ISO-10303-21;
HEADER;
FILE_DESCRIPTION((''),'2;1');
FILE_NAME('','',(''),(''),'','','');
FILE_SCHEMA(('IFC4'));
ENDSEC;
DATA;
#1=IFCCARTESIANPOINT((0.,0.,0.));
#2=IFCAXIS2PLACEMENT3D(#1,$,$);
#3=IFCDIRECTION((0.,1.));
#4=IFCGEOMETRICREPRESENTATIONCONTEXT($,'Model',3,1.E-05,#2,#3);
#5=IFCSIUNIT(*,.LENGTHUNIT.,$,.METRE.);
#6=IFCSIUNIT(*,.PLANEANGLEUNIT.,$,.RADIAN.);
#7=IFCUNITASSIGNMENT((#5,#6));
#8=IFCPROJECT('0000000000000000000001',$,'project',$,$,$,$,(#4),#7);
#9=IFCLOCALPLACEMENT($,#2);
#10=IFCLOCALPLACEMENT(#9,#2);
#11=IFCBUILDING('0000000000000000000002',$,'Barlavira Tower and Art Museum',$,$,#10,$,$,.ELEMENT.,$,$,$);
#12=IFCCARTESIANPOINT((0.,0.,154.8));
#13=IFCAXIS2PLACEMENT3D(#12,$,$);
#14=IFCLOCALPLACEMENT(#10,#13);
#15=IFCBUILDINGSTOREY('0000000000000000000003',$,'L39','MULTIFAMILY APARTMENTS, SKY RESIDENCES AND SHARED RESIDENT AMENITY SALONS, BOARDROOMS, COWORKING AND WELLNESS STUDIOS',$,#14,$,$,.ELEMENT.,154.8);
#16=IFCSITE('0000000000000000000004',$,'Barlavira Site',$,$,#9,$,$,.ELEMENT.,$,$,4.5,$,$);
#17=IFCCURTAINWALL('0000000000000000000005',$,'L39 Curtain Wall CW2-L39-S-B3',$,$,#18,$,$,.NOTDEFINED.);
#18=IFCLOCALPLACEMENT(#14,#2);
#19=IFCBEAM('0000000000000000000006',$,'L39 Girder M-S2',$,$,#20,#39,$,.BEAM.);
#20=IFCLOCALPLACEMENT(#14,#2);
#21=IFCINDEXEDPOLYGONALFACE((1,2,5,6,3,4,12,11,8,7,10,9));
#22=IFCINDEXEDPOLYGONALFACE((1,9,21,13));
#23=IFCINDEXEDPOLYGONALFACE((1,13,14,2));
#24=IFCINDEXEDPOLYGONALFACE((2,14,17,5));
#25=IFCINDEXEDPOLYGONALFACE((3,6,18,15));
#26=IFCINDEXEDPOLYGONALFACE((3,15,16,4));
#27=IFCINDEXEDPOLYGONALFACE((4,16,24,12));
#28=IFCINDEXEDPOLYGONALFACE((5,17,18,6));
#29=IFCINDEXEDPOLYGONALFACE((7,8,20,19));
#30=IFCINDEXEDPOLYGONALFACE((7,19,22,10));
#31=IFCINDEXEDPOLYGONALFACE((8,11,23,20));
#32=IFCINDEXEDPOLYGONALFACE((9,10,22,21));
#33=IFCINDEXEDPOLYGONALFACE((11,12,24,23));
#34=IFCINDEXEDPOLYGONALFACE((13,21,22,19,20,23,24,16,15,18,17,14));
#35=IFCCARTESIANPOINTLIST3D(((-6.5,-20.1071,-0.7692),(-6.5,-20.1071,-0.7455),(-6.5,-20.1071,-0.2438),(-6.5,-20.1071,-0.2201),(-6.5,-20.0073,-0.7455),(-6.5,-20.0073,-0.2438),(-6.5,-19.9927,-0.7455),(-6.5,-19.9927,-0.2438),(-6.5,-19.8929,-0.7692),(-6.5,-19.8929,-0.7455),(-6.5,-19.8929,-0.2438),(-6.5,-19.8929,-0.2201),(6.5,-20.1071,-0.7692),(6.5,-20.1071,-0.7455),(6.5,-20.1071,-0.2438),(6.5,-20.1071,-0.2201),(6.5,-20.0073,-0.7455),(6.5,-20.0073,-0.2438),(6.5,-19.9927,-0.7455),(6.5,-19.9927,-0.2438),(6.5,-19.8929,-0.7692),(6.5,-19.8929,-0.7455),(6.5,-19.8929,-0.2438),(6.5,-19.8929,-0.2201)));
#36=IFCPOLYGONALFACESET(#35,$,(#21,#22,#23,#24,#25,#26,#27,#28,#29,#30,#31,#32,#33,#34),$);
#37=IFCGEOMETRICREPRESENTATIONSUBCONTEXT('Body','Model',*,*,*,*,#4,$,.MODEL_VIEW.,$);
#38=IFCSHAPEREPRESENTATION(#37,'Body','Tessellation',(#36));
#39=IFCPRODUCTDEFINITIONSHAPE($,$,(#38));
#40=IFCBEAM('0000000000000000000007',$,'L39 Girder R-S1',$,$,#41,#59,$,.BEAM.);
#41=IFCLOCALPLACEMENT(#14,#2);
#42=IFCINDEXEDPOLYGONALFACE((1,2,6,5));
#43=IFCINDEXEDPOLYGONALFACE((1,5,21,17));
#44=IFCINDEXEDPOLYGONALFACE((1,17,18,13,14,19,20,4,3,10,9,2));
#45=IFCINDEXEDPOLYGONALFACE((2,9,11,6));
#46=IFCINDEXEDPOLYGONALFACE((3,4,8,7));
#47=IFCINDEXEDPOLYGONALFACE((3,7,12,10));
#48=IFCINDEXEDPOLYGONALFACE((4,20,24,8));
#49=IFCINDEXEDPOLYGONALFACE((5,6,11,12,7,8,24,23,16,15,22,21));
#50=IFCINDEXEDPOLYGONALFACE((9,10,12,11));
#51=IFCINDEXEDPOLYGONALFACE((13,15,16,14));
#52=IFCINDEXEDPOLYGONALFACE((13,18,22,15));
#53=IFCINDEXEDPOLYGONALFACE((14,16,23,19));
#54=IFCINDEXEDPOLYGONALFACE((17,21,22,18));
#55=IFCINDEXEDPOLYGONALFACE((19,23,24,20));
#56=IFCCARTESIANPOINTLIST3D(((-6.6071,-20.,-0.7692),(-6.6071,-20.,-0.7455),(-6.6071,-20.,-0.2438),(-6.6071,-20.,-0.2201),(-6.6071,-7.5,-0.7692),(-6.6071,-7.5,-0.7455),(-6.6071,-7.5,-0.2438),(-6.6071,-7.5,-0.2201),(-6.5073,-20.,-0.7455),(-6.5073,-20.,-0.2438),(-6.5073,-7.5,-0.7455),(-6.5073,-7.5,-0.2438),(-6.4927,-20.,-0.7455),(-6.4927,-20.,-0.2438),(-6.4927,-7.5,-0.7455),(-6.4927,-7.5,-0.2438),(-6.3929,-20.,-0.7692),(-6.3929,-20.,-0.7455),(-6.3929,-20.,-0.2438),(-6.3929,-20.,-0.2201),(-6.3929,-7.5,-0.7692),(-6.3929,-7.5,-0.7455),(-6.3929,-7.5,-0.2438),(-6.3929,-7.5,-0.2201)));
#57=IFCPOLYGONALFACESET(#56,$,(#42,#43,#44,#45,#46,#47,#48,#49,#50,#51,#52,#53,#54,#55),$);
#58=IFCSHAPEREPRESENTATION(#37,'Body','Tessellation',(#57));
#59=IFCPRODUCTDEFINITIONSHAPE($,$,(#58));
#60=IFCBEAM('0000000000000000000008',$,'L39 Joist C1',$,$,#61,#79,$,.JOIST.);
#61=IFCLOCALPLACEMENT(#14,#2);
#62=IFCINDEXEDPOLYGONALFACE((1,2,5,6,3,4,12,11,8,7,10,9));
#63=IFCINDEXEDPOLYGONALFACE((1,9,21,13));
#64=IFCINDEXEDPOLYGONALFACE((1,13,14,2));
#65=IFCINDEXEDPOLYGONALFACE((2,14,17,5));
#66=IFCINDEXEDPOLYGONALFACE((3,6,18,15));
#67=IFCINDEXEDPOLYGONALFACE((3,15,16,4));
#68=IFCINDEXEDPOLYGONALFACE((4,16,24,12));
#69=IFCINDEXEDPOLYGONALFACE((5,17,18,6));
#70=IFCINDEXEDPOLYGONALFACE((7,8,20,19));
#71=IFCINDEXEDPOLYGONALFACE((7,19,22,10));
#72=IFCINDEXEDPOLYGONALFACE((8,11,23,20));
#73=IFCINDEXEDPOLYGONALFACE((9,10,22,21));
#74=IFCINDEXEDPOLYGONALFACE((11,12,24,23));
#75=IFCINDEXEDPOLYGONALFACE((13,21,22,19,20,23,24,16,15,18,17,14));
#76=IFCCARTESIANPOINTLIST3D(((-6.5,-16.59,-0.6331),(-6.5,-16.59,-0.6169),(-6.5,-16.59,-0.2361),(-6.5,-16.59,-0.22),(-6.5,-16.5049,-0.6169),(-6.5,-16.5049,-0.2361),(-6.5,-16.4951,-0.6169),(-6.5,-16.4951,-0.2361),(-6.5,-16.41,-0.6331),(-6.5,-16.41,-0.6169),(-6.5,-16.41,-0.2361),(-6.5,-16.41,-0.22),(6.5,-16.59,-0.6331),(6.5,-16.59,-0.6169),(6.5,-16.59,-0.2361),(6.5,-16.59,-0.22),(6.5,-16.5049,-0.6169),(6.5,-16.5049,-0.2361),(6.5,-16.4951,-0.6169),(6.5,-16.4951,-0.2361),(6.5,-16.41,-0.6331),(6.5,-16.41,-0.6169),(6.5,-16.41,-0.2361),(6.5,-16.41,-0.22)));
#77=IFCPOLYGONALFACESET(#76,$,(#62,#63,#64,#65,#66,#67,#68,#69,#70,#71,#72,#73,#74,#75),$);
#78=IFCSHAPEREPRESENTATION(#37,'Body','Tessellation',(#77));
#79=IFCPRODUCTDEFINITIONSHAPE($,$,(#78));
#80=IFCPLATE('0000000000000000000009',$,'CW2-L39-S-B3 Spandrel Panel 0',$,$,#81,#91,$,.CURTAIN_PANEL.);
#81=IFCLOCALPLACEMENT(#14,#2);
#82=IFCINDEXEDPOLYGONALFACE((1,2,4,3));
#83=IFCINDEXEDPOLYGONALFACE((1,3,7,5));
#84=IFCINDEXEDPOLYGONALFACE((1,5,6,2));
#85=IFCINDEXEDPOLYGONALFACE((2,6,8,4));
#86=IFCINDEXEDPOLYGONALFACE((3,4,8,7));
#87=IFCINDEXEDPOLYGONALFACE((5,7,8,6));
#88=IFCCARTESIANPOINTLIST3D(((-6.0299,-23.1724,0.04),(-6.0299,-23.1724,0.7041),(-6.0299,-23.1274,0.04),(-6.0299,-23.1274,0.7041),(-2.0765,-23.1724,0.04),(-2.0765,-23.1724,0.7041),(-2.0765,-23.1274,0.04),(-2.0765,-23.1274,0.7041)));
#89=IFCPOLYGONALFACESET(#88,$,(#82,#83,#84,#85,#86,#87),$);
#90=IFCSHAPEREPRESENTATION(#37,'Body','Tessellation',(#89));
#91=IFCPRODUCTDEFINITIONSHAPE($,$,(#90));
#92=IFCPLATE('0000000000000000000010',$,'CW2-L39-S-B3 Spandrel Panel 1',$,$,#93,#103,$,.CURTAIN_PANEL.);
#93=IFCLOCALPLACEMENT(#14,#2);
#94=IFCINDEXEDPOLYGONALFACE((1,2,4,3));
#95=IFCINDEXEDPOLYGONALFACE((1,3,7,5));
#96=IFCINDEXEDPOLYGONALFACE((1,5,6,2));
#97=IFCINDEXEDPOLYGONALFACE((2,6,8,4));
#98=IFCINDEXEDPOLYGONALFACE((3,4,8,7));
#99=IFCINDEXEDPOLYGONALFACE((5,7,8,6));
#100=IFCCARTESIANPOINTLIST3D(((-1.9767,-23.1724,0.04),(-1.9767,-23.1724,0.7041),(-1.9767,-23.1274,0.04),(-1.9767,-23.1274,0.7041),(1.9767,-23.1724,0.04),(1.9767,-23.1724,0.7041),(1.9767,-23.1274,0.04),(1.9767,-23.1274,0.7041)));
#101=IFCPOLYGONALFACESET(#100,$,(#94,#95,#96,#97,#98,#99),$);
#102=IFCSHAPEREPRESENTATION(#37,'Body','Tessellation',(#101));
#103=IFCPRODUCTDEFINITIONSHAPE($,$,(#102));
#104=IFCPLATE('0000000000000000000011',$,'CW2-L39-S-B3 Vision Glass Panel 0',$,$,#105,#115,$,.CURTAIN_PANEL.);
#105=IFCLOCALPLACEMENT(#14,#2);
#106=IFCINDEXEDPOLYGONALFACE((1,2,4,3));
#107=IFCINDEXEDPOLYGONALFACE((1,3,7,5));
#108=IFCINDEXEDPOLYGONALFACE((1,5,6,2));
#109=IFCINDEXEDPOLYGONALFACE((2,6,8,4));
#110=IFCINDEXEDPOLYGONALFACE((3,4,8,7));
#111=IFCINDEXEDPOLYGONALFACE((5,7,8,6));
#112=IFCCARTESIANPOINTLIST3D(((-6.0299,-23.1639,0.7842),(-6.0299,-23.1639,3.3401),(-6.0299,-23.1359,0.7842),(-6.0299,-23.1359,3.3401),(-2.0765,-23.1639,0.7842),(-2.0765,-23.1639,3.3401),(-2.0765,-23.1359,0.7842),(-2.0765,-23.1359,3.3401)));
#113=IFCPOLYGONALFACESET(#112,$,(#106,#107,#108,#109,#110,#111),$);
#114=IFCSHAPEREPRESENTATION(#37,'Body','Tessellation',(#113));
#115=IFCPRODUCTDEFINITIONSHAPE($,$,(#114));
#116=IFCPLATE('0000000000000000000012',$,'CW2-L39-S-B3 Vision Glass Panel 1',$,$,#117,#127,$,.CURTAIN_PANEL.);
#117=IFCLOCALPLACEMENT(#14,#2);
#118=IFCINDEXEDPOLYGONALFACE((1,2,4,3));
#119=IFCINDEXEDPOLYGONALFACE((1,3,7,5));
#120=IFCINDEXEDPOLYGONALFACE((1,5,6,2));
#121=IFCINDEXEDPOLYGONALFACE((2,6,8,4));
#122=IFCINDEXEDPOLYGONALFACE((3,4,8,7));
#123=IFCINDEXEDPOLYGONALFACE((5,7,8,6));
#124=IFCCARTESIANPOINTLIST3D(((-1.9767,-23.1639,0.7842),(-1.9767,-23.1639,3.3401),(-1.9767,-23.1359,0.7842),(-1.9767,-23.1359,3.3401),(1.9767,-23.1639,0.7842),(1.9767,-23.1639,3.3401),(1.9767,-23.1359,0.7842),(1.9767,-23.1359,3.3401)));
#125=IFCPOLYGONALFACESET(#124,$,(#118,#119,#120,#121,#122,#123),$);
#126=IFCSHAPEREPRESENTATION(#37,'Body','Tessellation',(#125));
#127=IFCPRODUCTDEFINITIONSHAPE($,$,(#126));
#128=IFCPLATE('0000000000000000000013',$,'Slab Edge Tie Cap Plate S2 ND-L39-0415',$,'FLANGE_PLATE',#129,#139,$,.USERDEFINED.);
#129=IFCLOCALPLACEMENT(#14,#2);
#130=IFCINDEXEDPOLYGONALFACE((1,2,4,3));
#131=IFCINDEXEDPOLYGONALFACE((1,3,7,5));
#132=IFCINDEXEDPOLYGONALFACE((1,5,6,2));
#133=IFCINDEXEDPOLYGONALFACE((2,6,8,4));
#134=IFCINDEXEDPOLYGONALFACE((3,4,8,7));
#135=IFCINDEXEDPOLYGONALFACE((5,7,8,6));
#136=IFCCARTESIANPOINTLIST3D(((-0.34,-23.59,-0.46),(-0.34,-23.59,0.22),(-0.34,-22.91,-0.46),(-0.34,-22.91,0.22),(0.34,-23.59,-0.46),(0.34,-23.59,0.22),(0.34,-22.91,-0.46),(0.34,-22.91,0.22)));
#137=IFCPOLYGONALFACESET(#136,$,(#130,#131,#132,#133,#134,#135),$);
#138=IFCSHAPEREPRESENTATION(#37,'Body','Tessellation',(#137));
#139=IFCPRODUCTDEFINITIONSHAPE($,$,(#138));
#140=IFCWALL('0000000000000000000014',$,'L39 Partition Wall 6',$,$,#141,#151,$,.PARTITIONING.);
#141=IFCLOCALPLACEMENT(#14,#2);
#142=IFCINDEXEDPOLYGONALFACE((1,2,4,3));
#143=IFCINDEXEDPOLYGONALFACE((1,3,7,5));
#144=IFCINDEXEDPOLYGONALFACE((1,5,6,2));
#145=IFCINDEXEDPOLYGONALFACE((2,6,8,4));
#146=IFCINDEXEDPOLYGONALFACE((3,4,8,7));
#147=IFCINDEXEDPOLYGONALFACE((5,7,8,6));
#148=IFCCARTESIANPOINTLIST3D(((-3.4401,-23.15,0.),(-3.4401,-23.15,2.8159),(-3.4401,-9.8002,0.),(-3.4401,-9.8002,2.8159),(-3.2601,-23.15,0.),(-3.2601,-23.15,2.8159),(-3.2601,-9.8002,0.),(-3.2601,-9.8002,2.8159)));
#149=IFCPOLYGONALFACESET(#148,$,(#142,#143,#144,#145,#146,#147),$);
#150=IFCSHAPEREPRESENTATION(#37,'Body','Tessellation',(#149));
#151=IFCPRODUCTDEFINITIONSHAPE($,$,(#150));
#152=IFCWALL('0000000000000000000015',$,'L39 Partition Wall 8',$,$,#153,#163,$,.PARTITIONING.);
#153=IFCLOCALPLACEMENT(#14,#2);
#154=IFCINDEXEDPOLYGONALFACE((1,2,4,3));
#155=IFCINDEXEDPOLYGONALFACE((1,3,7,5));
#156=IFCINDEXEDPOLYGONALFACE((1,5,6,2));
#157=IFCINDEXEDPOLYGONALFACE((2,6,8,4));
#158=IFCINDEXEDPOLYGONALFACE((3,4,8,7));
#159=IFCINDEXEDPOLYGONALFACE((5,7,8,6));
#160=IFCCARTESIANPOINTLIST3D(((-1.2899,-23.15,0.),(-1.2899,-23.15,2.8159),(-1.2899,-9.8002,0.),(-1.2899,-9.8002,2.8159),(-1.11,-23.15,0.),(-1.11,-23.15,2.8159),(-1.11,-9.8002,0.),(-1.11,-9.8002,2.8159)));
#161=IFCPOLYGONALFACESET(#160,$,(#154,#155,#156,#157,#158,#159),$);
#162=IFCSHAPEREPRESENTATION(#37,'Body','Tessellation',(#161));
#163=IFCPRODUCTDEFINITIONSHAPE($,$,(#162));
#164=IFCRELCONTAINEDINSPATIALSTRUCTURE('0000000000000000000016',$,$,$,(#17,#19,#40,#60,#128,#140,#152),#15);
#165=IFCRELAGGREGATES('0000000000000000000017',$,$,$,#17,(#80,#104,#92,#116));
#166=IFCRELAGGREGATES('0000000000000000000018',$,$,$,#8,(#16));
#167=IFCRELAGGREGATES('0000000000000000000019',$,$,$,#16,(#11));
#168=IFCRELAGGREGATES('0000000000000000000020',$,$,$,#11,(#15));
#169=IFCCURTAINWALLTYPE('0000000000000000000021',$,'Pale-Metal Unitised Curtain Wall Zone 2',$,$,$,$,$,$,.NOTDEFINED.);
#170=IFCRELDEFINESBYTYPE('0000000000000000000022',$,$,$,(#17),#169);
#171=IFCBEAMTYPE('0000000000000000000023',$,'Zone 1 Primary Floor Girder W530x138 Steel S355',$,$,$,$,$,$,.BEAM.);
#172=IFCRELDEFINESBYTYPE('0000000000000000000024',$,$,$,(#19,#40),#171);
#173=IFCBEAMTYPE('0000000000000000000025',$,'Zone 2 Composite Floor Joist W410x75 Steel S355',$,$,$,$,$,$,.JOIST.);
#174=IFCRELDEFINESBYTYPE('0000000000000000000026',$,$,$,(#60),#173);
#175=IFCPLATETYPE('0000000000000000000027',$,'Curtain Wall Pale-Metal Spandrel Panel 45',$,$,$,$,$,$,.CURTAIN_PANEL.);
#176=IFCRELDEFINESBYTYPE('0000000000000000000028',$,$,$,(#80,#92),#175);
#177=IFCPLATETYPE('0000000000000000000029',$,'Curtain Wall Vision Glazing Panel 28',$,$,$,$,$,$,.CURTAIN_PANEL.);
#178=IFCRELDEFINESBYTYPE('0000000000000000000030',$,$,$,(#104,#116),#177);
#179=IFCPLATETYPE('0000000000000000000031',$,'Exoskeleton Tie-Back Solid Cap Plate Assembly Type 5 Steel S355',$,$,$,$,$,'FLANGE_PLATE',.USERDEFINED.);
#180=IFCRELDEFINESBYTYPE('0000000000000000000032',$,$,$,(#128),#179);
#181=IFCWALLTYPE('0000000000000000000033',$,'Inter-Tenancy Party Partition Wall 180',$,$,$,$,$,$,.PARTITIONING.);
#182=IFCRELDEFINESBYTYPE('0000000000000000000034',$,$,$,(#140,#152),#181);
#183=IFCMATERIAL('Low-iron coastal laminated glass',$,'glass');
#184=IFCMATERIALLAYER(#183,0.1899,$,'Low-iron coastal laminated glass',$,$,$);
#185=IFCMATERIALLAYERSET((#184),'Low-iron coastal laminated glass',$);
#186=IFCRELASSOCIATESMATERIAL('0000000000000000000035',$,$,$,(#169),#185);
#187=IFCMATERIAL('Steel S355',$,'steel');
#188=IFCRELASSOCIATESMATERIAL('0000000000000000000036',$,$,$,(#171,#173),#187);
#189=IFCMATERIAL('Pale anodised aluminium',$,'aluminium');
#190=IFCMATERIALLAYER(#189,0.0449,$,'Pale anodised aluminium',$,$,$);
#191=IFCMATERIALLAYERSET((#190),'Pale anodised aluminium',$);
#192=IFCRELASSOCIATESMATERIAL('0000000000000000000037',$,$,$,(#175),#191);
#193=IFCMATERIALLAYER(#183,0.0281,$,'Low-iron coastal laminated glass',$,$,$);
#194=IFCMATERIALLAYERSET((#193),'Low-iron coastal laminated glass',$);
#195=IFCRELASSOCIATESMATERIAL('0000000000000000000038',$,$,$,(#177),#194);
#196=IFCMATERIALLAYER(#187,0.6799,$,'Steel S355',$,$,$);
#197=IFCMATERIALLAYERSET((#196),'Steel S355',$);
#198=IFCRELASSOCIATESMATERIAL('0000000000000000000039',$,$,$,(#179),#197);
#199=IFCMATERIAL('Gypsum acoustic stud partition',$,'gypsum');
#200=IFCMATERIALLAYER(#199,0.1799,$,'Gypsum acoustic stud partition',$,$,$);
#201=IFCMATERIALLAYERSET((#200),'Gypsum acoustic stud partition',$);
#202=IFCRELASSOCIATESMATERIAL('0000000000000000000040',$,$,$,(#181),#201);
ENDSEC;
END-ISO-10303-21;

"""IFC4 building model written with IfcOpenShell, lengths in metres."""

from ifc_helpers import new_model, si_unit, direction, frame, frame_2d, origin, origin_2d, place, context, subcontext, project, spatial, rectangle, i_section, extrude, material, layer, layer_set, material_profile, profile_set, type_object, element, aggregate, save


model = new_model("IFC4")

# Units and contexts
model_context = context("Model", 3, precision=1e-05, world=origin(), true_north=direction((0.0, 1.0)))
body_context = subcontext(model_context, "Body", "Model", "MODEL_VIEW")
ifc_project = project(units=[si_unit("LENGTHUNIT", "METRE"), si_unit("PLANEANGLEUNIT", "RADIAN")], contexts=[model_context])

# Site, building, storey
site_placement = place(None, origin())
site = spatial("IfcSite", under=ifc_project, at=site_placement, Name="Barlavira Site", CompositionType="ELEMENT", RefElevation=4.5)
building_placement = place(site_placement, origin())
building = spatial("IfcBuilding", under=site, at=building_placement, Name="Barlavira Tower and Art Museum", CompositionType="ELEMENT")
storey_placement = place(building_placement, frame((0.0, 0.0, 154.8)))
storey = spatial("IfcBuildingStorey", under=building, at=storey_placement, Name="L39", Description="MULTIFAMILY APARTMENTS, SKY RESIDENCES AND SHARED RESIDENT AMENITY SALONS, BOARDROOMS, COWORKING AND WELLNESS STUDIOS", CompositionType="ELEMENT", Elevation=154.8)

# Curtain wall
ifc_material_1 = material(Name="Low-iron coastal laminated glass", Category="glass")
ifc_layer_1 = layer(ifc_material_1, 0.1899, Name="Low-iron coastal laminated glass")
ifc_layer_set_1 = layer_set([ifc_layer_1], Name="Low-iron coastal laminated glass")
curtain_wall_type = type_object("IfcCurtainWallType", Name="Pale-Metal Unitised Curtain Wall Zone 2", PredefinedType="NOTDEFINED", material=ifc_layer_set_1)
curtain_wall_placement = place(storey_placement, origin())
curtain_wall = element("IfcCurtainWall", 1, at=curtain_wall_placement, inside=storey, type_object=curtain_wall_type, Name="L39 Curtain Wall CW2-L39-S-B3", PredefinedType="NOTDEFINED")
ifc_material_2 = material(Name="Pale anodised aluminium", Category="aluminium")

# Shared definitions
ifc_material_3 = material(Name="Steel S355", Category="steel")

# Beams
ifc_material_profile_1 = material_profile(ifc_material_3, i_section(OverallWidth=0.2141, OverallDepth=0.5491, WebThickness=0.0146, FlangeThickness=0.0237, at=origin_2d()), Name="W530x138.0")
ifc_profile_set_1 = profile_set([ifc_material_profile_1], Name="Steel S355")
beam_type_1 = type_object("IfcBeamType", Name="Zone 1 Primary Floor Girder W530x138 Steel S355", PredefinedType="BEAM", material=ifc_profile_set_1)
beam_1_placement = place(storey_placement, frame((-6.5, -20.0, -0.4946), z_axis=(1.0, 0.0, 0.0), x_axis=(0.0, 1.0, 0.0)))
element("IfcBeam", 2, at=beam_1_placement, inside=storey, type_object=beam_type_1, Name="L39 Girder M-S2", PredefinedType="BEAM", context=body_context, shape_type="SweptSolid", body=[
    extrude(i_section(OverallWidth=0.2141, OverallDepth=0.5491, WebThickness=0.0146, FlangeThickness=0.0237, at=origin_2d()), origin(), (0.0, 0.0, 1.0), 13.0),
])
beam_2_placement = place(storey_placement, frame((-6.5, -20.0, -0.4946), z_axis=(0.0, 1.0, 0.0), x_axis=(-1.0, 0.0, 0.0)))
element("IfcBeam", 3, at=beam_2_placement, inside=storey, type_object=beam_type_1, Name="L39 Girder R-S1", PredefinedType="BEAM", context=body_context, shape_type="SweptSolid", body=[
    extrude(i_section(OverallWidth=0.2141, OverallDepth=0.5491, WebThickness=0.0146, FlangeThickness=0.0237, at=origin_2d()), origin(), (0.0, 0.0, 1.0), 12.5),
])
ifc_material_profile_2 = material_profile(ifc_material_3, i_section(OverallWidth=0.1799, OverallDepth=0.4131, WebThickness=0.0098, FlangeThickness=0.0161, at=origin_2d()), Name="W410x75.0")
ifc_profile_set_2 = profile_set([ifc_material_profile_2], Name="Steel S355")
beam_type_2 = type_object("IfcBeamType", Name="Zone 2 Composite Floor Joist W410x75 Steel S355", PredefinedType="JOIST", material=ifc_profile_set_2)
beam_3_placement = place(storey_placement, frame((-6.5, -16.5, -0.4265), z_axis=(1.0, 0.0, 0.0), x_axis=(0.0, 1.0, 0.0)))
element("IfcBeam", 4, at=beam_3_placement, inside=storey, type_object=beam_type_2, Name="L39 Joist C1", PredefinedType="JOIST", context=body_context, shape_type="SweptSolid", body=[
    extrude(i_section(OverallWidth=0.1799, OverallDepth=0.4131, WebThickness=0.0098, FlangeThickness=0.0161, at=origin_2d()), origin(), (0.0, 0.0, 1.0), 13.0),
])

# Plates
ifc_layer_2 = layer(ifc_material_2, 0.0449, Name="Pale anodised aluminium")
ifc_layer_set_2 = layer_set([ifc_layer_2], Name="Pale anodised aluminium")
plate_type_1 = type_object("IfcPlateType", Name="Curtain Wall Pale-Metal Spandrel Panel 45", PredefinedType="CURTAIN_PANEL", material=ifc_layer_set_2)
plate_1_placement = place(storey_placement, frame((-4.0532, -23.1499, 0.04), z_axis=(0.0, 0.0, 1.0), x_axis=(1.0, 0.0, 0.0)))
plate_1 = element("IfcPlate", 5, at=plate_1_placement, type_object=plate_type_1, Name="CW2-L39-S-B3 Spandrel Panel 0", PredefinedType="CURTAIN_PANEL", context=body_context, shape_type="SweptSolid", body=[
    extrude(rectangle(XDim=3.9534, YDim=0.0449, at=origin_2d()), origin(), (0.0, 0.0, 1.0), 0.6641),
])
plate_2_placement = place(storey_placement, frame((0.0, -23.1499, 0.04), z_axis=(0.0, 0.0, 1.0), x_axis=(1.0, 0.0, 0.0)))
plate_2 = element("IfcPlate", 6, at=plate_2_placement, type_object=plate_type_1, Name="CW2-L39-S-B3 Spandrel Panel 1", PredefinedType="CURTAIN_PANEL", context=body_context, shape_type="SweptSolid", body=[
    extrude(rectangle(XDim=3.9534, YDim=0.0449, at=origin_2d()), origin(), (0.0, 0.0, 1.0), 0.6641),
])
ifc_layer_3 = layer(ifc_material_1, 0.0281, Name="Low-iron coastal laminated glass")
ifc_layer_set_3 = layer_set([ifc_layer_3], Name="Low-iron coastal laminated glass")
plate_type_2 = type_object("IfcPlateType", Name="Curtain Wall Vision Glazing Panel 28", PredefinedType="CURTAIN_PANEL", material=ifc_layer_set_3)
plate_3_placement = place(storey_placement, frame((-4.0532, -23.1499, 0.7842), z_axis=(0.0, 0.0, 1.0), x_axis=(1.0, 0.0, 0.0)))
plate_3 = element("IfcPlate", 7, at=plate_3_placement, type_object=plate_type_2, Name="CW2-L39-S-B3 Vision Glass Panel 0", PredefinedType="CURTAIN_PANEL", context=body_context, shape_type="SweptSolid", body=[
    extrude(rectangle(XDim=3.9534, YDim=0.0281, at=origin_2d()), origin(), (0.0, 0.0, 1.0), 2.5559),
])
plate_4_placement = place(storey_placement, frame((0.0, -23.1499, 0.7842), z_axis=(0.0, 0.0, 1.0), x_axis=(1.0, 0.0, 0.0)))
plate_4 = element("IfcPlate", 8, at=plate_4_placement, type_object=plate_type_2, Name="CW2-L39-S-B3 Vision Glass Panel 1", PredefinedType="CURTAIN_PANEL", context=body_context, shape_type="SweptSolid", body=[
    extrude(rectangle(XDim=3.9534, YDim=0.0281, at=origin_2d()), origin(), (0.0, 0.0, 1.0), 2.5559),
])
aggregate(curtain_wall, [plate_1, plate_3, plate_2, plate_4])
ifc_layer_4 = layer(ifc_material_3, 0.6799, Name="Steel S355")
ifc_layer_set_4 = layer_set([ifc_layer_4], Name="Steel S355")
plate_type_3 = type_object("IfcPlateType", Name="Exoskeleton Tie-Back Solid Cap Plate Assembly Type 5 Steel S355", ElementType="FLANGE_PLATE", PredefinedType="USERDEFINED", material=ifc_layer_set_4)
plate_5_placement = place(storey_placement, frame((0.0, -23.25, -0.46), z_axis=(0.0, 0.0, 1.0), x_axis=(1.0, 0.0, 0.0)))
element("IfcPlate", 9, at=plate_5_placement, inside=storey, type_object=plate_type_3, Name="Slab Edge Tie Cap Plate S2 ND-L39-0415", ObjectType="FLANGE_PLATE", PredefinedType="USERDEFINED", context=body_context, shape_type="SweptSolid", body=[
    extrude(rectangle(XDim=0.6799, YDim=0.6799, at=origin_2d()), origin(), (0.0, 0.0, 1.0), 0.6799),
])

# Walls
ifc_material_4 = material(Name="Gypsum acoustic stud partition", Category="gypsum")
ifc_layer_5 = layer(ifc_material_4, 0.1799, Name="Gypsum acoustic stud partition")
ifc_layer_set_5 = layer_set([ifc_layer_5], Name="Gypsum acoustic stud partition")
wall_type = type_object("IfcWallType", Name="Inter-Tenancy Party Partition Wall 180", PredefinedType="PARTITIONING", material=ifc_layer_set_5)
for number, where, z_axis, x_axis, name in (
    (10, (-3.3501, -23.1499, 0.0), (0.0, 0.0, 1.0), (0.0, 1.0, 0.0), "L39 Partition Wall 6"),
    (11, (-1.2, -23.1499, 0.0), (0.0, 0.0, 1.0), (0.0, 1.0, 0.0), "L39 Partition Wall 8"),
):
    element("IfcWall", number, at=place(storey_placement, frame(where, z_axis=z_axis, x_axis=x_axis)), inside=storey, type_object=wall_type, Name=name, PredefinedType="PARTITIONING", context=body_context, shape_type="SweptSolid", body=[
        extrude(rectangle(XDim=13.3499, YDim=0.1799, at=frame_2d((6.6748, 0.0))), origin(), (0.0, 0.0, 1.0), 2.8159),
    ])

save(model, "model.ifc")
